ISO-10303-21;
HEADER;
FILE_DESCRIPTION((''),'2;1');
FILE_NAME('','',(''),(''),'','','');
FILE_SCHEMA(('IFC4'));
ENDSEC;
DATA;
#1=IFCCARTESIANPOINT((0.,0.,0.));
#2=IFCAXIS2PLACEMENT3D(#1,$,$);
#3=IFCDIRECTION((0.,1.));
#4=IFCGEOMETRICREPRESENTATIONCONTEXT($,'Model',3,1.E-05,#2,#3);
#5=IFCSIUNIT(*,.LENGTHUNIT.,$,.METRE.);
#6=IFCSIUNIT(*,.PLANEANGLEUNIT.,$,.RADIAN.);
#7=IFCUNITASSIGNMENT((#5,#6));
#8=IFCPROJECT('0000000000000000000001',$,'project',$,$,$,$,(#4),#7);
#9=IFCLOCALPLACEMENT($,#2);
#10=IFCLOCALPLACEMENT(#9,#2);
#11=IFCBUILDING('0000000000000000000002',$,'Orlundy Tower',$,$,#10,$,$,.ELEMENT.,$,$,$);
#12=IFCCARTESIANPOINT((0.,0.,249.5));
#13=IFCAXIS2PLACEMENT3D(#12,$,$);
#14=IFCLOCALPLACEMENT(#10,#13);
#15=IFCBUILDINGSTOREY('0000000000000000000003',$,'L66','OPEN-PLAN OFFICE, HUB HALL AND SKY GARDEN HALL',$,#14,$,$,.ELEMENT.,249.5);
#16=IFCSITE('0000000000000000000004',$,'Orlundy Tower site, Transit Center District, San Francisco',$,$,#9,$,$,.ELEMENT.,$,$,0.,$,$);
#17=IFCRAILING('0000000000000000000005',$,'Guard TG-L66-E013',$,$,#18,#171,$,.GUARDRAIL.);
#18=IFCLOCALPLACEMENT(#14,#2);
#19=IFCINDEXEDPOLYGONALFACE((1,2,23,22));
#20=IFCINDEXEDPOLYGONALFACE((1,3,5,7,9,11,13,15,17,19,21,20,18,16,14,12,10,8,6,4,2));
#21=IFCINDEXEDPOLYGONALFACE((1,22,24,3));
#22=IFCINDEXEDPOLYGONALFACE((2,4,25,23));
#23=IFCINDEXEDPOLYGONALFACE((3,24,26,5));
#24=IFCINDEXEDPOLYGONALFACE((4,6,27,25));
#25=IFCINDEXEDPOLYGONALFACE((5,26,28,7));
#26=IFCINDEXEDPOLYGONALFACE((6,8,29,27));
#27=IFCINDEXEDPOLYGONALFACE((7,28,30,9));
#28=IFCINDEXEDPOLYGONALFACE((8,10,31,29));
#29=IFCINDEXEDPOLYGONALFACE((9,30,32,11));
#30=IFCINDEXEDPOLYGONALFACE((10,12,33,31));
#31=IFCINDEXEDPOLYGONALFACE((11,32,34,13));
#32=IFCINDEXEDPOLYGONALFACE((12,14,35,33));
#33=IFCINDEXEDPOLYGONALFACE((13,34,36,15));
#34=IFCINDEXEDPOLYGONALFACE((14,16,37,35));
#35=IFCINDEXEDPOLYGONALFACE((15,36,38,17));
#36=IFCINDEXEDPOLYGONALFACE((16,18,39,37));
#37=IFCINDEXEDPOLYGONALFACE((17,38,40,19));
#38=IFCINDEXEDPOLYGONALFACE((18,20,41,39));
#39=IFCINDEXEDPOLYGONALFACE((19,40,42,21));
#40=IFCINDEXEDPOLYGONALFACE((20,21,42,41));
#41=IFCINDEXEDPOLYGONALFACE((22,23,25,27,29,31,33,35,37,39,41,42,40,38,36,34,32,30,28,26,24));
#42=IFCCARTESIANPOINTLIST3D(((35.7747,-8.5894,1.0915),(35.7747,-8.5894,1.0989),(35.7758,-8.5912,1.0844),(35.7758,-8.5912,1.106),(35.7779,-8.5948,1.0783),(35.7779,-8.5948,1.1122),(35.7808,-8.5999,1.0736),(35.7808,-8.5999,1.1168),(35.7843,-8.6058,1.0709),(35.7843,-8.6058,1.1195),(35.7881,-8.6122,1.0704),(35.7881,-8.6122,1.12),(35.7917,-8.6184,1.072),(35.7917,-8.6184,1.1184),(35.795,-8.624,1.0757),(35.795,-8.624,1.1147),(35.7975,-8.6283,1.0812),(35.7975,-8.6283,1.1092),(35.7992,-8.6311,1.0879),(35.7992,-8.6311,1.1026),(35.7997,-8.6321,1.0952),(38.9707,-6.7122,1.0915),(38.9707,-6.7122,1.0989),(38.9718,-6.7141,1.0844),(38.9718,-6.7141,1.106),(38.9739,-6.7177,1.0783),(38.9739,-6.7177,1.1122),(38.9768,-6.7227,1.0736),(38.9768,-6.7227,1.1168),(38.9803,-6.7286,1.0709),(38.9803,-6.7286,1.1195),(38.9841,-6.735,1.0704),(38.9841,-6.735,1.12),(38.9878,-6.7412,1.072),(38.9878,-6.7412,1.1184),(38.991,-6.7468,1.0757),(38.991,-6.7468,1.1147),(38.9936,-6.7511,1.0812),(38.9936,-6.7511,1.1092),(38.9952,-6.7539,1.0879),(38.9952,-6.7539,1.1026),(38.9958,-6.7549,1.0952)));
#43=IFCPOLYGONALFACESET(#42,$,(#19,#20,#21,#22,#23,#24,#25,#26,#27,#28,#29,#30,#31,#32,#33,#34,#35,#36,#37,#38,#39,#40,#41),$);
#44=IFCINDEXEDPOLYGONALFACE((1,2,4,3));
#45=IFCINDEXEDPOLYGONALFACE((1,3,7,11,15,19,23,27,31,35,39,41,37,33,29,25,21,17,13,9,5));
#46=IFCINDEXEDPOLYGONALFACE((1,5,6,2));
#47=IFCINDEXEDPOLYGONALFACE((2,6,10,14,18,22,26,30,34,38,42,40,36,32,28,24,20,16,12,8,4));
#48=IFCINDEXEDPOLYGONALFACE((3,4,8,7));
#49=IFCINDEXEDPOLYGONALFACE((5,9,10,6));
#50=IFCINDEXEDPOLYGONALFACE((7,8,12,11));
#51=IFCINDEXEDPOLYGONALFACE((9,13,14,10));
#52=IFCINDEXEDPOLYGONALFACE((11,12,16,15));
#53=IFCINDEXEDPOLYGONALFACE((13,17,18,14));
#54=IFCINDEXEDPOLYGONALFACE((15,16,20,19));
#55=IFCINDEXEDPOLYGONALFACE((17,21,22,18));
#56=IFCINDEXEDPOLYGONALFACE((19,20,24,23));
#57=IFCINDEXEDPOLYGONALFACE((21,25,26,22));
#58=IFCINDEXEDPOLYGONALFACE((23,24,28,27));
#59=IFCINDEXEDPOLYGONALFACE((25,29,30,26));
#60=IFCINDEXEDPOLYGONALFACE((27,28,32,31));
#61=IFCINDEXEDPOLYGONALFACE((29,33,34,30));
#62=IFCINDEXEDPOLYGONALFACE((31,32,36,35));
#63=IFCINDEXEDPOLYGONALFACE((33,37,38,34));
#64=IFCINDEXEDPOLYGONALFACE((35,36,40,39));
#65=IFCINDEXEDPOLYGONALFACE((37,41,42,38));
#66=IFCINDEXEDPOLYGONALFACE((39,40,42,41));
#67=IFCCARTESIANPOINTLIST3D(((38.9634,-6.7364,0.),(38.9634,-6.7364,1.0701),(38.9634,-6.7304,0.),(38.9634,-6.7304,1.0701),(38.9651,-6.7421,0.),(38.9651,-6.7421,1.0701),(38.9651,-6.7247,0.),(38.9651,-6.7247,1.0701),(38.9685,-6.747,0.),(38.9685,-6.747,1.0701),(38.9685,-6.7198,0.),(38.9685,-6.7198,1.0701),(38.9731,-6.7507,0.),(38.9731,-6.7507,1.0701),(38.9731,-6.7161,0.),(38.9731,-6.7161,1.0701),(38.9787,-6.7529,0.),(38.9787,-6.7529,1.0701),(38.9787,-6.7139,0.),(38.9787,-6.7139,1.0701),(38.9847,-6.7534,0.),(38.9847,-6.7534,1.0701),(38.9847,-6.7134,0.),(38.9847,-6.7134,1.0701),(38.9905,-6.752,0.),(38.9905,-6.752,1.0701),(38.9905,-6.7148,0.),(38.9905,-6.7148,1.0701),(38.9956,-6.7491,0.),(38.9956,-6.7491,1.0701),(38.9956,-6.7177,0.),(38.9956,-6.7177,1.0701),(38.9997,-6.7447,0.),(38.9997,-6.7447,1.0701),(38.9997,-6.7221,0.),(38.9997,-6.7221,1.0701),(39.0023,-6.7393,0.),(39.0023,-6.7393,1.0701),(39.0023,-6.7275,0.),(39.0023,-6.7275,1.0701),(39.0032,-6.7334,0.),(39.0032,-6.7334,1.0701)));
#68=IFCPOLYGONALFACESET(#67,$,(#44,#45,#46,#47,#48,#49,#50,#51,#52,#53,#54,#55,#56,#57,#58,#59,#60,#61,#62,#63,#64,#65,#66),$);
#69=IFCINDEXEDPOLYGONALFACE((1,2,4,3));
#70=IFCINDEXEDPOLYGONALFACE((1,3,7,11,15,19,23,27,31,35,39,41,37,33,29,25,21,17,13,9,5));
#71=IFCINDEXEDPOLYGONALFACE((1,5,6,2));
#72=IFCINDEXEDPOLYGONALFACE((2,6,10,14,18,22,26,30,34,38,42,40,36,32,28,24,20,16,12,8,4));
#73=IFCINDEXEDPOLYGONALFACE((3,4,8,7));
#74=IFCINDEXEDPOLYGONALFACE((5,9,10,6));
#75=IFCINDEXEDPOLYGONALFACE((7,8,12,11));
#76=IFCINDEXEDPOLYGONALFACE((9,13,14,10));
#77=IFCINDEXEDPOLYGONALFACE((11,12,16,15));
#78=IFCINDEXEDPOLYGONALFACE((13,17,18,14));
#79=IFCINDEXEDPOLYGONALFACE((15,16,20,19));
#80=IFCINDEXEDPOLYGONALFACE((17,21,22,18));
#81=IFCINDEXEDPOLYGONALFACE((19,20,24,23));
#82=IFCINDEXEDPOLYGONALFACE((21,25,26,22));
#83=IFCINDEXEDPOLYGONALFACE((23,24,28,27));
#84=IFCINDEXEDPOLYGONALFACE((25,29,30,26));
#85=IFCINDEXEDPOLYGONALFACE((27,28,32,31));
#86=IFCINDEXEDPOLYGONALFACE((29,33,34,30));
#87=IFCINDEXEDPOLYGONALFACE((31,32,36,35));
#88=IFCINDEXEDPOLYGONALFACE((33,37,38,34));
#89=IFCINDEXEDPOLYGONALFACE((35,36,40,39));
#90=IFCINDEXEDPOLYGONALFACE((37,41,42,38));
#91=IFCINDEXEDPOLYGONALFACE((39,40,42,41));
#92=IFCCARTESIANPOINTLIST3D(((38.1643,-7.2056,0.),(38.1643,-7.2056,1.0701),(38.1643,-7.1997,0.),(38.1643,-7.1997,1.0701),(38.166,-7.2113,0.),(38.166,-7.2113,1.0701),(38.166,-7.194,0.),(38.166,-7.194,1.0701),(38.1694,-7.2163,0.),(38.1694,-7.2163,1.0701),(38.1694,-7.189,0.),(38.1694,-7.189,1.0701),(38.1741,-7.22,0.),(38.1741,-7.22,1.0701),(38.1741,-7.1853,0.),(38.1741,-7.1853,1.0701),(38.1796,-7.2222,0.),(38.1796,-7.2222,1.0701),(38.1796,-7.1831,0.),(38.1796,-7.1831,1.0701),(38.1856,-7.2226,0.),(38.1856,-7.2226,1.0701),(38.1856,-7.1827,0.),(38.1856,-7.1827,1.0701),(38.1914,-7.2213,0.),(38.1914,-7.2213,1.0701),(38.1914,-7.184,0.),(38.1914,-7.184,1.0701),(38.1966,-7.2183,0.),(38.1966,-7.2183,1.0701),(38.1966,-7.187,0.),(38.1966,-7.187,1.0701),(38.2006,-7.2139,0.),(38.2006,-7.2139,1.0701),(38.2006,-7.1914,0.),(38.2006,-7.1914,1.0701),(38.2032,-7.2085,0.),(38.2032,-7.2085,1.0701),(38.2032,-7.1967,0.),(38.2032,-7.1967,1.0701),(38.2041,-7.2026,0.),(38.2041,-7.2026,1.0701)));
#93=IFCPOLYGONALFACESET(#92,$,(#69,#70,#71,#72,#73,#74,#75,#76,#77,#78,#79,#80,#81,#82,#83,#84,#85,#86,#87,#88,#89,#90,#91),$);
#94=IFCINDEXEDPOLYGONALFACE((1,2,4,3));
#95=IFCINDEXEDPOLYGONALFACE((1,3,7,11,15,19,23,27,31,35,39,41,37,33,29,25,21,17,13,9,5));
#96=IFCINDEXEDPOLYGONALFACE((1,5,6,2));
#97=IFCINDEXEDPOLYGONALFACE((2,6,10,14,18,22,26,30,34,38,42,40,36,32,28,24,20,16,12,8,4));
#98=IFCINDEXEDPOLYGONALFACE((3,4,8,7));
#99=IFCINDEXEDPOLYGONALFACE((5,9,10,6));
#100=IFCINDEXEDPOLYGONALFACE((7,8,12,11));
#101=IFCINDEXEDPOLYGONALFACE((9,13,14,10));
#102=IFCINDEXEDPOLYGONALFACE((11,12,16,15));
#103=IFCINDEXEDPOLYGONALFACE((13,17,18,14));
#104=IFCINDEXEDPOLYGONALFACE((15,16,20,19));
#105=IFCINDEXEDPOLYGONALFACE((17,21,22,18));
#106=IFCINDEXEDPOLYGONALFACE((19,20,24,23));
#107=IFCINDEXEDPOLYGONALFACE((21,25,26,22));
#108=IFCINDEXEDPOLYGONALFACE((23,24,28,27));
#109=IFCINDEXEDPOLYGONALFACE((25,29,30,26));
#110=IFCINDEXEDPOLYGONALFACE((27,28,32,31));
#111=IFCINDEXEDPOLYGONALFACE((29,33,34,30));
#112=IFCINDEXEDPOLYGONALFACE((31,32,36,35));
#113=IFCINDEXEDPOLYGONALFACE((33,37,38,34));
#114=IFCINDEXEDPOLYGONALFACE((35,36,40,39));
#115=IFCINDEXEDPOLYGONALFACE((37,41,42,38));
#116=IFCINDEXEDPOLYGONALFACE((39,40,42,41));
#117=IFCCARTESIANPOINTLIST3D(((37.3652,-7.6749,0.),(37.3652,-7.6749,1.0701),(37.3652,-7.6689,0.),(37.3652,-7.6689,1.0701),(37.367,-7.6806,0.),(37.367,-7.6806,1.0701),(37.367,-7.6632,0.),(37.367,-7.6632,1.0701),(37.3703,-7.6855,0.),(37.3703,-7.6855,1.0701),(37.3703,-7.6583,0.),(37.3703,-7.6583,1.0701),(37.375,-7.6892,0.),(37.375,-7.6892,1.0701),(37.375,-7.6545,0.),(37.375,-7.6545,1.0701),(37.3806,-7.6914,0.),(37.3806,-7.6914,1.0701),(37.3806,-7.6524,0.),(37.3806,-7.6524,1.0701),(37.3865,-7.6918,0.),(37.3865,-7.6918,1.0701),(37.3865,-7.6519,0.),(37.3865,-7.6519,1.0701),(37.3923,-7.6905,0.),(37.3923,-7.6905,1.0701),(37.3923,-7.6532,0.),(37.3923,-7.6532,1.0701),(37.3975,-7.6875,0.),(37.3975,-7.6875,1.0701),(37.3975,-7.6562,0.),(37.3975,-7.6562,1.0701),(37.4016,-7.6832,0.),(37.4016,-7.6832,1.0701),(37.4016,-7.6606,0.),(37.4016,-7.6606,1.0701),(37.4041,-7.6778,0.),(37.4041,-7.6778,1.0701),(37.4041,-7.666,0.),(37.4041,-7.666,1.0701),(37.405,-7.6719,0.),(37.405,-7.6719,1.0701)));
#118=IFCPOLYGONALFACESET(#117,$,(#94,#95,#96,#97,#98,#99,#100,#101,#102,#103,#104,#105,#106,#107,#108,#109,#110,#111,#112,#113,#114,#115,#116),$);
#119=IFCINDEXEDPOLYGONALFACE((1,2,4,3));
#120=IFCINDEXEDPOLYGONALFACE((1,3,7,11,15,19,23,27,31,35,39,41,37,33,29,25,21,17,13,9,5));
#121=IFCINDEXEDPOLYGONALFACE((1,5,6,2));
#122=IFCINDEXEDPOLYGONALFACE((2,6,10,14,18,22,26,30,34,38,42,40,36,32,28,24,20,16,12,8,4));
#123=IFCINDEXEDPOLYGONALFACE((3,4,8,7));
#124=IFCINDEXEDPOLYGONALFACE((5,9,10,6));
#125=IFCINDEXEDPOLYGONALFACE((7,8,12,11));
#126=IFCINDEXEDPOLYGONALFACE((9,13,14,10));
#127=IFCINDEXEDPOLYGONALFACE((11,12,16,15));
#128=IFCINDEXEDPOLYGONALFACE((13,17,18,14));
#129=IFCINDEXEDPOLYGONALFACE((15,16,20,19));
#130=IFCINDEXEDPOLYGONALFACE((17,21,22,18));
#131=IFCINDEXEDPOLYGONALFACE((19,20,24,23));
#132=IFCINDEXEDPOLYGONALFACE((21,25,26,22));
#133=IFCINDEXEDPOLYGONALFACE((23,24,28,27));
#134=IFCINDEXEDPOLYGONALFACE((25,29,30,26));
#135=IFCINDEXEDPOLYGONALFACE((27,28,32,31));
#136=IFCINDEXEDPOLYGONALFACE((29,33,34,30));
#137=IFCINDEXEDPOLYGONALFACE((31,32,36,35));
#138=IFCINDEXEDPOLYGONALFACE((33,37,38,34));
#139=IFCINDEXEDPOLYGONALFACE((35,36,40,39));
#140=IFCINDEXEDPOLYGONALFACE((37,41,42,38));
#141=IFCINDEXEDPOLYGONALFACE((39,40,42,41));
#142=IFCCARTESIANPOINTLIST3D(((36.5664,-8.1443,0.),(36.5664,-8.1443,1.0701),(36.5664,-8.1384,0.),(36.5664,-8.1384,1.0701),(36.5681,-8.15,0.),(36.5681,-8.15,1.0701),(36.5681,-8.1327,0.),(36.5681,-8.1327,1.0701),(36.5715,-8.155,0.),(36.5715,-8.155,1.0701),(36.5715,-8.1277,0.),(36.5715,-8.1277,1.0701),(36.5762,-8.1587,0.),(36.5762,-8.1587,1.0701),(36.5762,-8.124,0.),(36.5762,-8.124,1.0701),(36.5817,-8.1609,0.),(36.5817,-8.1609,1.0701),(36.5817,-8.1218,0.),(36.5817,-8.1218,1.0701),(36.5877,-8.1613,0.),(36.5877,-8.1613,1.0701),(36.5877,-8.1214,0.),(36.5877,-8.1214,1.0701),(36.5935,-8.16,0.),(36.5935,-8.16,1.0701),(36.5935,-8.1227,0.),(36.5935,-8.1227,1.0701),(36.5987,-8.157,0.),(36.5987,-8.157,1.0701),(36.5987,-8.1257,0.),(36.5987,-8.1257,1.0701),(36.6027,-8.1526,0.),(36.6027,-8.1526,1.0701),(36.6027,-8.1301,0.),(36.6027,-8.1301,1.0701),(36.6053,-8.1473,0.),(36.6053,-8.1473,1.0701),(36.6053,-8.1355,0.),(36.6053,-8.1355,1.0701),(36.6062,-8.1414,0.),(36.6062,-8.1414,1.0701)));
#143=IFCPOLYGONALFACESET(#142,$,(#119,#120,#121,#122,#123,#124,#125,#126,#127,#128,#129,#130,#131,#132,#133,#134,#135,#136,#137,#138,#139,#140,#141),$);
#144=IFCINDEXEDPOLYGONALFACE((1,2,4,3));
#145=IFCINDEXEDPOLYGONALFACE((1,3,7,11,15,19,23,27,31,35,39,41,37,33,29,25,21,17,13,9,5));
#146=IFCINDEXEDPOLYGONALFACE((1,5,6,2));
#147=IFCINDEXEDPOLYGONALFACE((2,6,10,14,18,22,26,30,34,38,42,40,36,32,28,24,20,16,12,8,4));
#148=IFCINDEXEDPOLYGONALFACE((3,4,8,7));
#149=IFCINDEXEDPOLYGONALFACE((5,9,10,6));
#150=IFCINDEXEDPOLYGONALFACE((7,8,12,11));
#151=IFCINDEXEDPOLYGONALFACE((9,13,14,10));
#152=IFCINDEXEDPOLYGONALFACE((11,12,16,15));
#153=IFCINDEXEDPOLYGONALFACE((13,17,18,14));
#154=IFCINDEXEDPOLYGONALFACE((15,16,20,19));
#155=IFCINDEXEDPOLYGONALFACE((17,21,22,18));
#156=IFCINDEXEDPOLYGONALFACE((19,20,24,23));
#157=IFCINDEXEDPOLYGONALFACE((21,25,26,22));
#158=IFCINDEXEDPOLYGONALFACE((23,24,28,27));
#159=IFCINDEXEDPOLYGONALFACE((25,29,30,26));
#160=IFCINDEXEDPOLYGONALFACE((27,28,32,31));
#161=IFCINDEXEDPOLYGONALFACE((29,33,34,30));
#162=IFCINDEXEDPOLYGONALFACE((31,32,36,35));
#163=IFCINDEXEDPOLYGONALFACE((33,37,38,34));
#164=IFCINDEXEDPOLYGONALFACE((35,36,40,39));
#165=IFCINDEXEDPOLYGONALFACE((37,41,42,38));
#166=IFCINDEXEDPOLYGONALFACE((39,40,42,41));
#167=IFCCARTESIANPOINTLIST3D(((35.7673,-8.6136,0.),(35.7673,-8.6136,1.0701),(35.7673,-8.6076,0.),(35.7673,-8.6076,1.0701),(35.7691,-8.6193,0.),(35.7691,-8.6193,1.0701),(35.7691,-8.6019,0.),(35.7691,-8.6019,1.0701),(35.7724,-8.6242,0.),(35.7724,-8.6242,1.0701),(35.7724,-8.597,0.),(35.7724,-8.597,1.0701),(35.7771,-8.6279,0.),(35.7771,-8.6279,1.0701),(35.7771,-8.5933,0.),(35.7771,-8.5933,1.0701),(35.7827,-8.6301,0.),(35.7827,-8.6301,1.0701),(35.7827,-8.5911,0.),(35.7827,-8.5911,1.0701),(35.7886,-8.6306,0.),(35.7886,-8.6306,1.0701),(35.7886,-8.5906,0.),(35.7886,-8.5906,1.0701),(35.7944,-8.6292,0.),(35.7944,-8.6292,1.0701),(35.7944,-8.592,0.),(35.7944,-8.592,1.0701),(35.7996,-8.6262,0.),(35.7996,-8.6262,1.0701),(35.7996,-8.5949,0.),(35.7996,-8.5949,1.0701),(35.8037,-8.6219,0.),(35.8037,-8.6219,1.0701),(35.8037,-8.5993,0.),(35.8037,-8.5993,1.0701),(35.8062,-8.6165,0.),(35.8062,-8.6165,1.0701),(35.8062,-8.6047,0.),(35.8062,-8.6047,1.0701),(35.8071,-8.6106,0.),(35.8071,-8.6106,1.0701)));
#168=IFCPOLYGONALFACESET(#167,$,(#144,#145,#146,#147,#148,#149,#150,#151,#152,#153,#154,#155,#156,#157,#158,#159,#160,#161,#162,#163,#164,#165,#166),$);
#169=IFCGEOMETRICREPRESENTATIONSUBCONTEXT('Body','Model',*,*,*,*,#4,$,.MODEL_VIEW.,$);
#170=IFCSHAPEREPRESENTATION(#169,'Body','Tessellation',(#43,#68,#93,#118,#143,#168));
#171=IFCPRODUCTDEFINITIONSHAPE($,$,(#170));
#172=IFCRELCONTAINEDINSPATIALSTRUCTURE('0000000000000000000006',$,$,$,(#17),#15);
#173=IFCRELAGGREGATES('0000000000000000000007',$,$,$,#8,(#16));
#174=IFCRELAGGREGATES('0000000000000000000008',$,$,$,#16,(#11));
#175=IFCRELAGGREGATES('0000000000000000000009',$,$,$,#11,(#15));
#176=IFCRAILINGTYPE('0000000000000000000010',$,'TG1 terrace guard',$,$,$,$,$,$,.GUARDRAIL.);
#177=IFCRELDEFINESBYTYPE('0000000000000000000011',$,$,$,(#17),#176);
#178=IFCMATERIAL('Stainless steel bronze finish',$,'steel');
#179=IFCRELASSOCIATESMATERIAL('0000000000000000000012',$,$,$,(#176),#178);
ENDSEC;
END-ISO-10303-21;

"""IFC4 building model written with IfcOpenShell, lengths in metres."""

from ifc_helpers import new_model, si_unit, direction, frame, origin, origin_2d, place, context, subcontext, project, spatial, circle, extrude, material, type_object, element, save


model = new_model("IFC4")

# Units and contexts
model_context = context("Model", 3, precision=1e-05, world=origin(), true_north=direction((0.0, 1.0)))
body_context = subcontext(model_context, "Body", "Model", "MODEL_VIEW")
ifc_project = project(units=[si_unit("LENGTHUNIT", "METRE"), si_unit("PLANEANGLEUNIT", "RADIAN")], contexts=[model_context])

# Site, building, storey
site_placement = place(None, origin())
site = spatial("IfcSite", under=ifc_project, at=site_placement, Name="Orlundy Tower site, Transit Center District, San Francisco", CompositionType="ELEMENT", RefElevation=0.0)
building_placement = place(site_placement, origin())
building = spatial("IfcBuilding", under=site, at=building_placement, Name="Orlundy Tower", CompositionType="ELEMENT")
storey_placement = place(building_placement, frame((0.0, 0.0, 249.5)))
storey = spatial("IfcBuildingStorey", under=building, at=storey_placement, Name="L66", Description="OPEN-PLAN OFFICE, HUB HALL AND SKY GARDEN HALL", CompositionType="ELEMENT", Elevation=249.5)

# Railing
ifc_material_1 = material(Name="Stainless steel bronze finish", Category="steel")
railing_type = type_object("IfcRailingType", Name="TG1 terrace guard", PredefinedType="GUARDRAIL", material=ifc_material_1)
railing_1_placement = place(storey_placement, frame((38.9832, -6.7334, 0.0)))
element("IfcRailing", 1, at=railing_1_placement, inside=storey, type_object=railing_type, Name="Guard TG-L66-E013", PredefinedType="GUARDRAIL", context=body_context, shape_type="SweptSolid", body=[
    extrude(circle(Radius=0.0249, at=origin_2d()), frame((0.0, 0.0, 1.0952), z_axis=(-0.862268, -0.506453, 0.0), x_axis=(0.506453, -0.862268, 0.0)), (0.0, 0.0, 1.0), 3.7065),
    extrude(circle(Radius=0.02, at=origin_2d()), origin(), (0.0, 0.0, 1.0), 1.0701),
    extrude(circle(Radius=0.02, at=origin_2d()), frame((-0.7991, -0.4692, 0.0)), (0.0, 0.0, 1.0), 1.0701),
    extrude(circle(Radius=0.02, at=origin_2d()), frame((-1.5981, -0.9385, 0.0)), (0.0, 0.0, 1.0), 1.0701),
    extrude(circle(Radius=0.02, at=origin_2d()), frame((-2.397, -1.408, 0.0)), (0.0, 0.0, 1.0), 1.0701),
    extrude(circle(Radius=0.02, at=origin_2d()), frame((-3.196, -1.8772, 0.0)), (0.0, 0.0, 1.0), 1.0701),
])

save(model, "model.ifc")
